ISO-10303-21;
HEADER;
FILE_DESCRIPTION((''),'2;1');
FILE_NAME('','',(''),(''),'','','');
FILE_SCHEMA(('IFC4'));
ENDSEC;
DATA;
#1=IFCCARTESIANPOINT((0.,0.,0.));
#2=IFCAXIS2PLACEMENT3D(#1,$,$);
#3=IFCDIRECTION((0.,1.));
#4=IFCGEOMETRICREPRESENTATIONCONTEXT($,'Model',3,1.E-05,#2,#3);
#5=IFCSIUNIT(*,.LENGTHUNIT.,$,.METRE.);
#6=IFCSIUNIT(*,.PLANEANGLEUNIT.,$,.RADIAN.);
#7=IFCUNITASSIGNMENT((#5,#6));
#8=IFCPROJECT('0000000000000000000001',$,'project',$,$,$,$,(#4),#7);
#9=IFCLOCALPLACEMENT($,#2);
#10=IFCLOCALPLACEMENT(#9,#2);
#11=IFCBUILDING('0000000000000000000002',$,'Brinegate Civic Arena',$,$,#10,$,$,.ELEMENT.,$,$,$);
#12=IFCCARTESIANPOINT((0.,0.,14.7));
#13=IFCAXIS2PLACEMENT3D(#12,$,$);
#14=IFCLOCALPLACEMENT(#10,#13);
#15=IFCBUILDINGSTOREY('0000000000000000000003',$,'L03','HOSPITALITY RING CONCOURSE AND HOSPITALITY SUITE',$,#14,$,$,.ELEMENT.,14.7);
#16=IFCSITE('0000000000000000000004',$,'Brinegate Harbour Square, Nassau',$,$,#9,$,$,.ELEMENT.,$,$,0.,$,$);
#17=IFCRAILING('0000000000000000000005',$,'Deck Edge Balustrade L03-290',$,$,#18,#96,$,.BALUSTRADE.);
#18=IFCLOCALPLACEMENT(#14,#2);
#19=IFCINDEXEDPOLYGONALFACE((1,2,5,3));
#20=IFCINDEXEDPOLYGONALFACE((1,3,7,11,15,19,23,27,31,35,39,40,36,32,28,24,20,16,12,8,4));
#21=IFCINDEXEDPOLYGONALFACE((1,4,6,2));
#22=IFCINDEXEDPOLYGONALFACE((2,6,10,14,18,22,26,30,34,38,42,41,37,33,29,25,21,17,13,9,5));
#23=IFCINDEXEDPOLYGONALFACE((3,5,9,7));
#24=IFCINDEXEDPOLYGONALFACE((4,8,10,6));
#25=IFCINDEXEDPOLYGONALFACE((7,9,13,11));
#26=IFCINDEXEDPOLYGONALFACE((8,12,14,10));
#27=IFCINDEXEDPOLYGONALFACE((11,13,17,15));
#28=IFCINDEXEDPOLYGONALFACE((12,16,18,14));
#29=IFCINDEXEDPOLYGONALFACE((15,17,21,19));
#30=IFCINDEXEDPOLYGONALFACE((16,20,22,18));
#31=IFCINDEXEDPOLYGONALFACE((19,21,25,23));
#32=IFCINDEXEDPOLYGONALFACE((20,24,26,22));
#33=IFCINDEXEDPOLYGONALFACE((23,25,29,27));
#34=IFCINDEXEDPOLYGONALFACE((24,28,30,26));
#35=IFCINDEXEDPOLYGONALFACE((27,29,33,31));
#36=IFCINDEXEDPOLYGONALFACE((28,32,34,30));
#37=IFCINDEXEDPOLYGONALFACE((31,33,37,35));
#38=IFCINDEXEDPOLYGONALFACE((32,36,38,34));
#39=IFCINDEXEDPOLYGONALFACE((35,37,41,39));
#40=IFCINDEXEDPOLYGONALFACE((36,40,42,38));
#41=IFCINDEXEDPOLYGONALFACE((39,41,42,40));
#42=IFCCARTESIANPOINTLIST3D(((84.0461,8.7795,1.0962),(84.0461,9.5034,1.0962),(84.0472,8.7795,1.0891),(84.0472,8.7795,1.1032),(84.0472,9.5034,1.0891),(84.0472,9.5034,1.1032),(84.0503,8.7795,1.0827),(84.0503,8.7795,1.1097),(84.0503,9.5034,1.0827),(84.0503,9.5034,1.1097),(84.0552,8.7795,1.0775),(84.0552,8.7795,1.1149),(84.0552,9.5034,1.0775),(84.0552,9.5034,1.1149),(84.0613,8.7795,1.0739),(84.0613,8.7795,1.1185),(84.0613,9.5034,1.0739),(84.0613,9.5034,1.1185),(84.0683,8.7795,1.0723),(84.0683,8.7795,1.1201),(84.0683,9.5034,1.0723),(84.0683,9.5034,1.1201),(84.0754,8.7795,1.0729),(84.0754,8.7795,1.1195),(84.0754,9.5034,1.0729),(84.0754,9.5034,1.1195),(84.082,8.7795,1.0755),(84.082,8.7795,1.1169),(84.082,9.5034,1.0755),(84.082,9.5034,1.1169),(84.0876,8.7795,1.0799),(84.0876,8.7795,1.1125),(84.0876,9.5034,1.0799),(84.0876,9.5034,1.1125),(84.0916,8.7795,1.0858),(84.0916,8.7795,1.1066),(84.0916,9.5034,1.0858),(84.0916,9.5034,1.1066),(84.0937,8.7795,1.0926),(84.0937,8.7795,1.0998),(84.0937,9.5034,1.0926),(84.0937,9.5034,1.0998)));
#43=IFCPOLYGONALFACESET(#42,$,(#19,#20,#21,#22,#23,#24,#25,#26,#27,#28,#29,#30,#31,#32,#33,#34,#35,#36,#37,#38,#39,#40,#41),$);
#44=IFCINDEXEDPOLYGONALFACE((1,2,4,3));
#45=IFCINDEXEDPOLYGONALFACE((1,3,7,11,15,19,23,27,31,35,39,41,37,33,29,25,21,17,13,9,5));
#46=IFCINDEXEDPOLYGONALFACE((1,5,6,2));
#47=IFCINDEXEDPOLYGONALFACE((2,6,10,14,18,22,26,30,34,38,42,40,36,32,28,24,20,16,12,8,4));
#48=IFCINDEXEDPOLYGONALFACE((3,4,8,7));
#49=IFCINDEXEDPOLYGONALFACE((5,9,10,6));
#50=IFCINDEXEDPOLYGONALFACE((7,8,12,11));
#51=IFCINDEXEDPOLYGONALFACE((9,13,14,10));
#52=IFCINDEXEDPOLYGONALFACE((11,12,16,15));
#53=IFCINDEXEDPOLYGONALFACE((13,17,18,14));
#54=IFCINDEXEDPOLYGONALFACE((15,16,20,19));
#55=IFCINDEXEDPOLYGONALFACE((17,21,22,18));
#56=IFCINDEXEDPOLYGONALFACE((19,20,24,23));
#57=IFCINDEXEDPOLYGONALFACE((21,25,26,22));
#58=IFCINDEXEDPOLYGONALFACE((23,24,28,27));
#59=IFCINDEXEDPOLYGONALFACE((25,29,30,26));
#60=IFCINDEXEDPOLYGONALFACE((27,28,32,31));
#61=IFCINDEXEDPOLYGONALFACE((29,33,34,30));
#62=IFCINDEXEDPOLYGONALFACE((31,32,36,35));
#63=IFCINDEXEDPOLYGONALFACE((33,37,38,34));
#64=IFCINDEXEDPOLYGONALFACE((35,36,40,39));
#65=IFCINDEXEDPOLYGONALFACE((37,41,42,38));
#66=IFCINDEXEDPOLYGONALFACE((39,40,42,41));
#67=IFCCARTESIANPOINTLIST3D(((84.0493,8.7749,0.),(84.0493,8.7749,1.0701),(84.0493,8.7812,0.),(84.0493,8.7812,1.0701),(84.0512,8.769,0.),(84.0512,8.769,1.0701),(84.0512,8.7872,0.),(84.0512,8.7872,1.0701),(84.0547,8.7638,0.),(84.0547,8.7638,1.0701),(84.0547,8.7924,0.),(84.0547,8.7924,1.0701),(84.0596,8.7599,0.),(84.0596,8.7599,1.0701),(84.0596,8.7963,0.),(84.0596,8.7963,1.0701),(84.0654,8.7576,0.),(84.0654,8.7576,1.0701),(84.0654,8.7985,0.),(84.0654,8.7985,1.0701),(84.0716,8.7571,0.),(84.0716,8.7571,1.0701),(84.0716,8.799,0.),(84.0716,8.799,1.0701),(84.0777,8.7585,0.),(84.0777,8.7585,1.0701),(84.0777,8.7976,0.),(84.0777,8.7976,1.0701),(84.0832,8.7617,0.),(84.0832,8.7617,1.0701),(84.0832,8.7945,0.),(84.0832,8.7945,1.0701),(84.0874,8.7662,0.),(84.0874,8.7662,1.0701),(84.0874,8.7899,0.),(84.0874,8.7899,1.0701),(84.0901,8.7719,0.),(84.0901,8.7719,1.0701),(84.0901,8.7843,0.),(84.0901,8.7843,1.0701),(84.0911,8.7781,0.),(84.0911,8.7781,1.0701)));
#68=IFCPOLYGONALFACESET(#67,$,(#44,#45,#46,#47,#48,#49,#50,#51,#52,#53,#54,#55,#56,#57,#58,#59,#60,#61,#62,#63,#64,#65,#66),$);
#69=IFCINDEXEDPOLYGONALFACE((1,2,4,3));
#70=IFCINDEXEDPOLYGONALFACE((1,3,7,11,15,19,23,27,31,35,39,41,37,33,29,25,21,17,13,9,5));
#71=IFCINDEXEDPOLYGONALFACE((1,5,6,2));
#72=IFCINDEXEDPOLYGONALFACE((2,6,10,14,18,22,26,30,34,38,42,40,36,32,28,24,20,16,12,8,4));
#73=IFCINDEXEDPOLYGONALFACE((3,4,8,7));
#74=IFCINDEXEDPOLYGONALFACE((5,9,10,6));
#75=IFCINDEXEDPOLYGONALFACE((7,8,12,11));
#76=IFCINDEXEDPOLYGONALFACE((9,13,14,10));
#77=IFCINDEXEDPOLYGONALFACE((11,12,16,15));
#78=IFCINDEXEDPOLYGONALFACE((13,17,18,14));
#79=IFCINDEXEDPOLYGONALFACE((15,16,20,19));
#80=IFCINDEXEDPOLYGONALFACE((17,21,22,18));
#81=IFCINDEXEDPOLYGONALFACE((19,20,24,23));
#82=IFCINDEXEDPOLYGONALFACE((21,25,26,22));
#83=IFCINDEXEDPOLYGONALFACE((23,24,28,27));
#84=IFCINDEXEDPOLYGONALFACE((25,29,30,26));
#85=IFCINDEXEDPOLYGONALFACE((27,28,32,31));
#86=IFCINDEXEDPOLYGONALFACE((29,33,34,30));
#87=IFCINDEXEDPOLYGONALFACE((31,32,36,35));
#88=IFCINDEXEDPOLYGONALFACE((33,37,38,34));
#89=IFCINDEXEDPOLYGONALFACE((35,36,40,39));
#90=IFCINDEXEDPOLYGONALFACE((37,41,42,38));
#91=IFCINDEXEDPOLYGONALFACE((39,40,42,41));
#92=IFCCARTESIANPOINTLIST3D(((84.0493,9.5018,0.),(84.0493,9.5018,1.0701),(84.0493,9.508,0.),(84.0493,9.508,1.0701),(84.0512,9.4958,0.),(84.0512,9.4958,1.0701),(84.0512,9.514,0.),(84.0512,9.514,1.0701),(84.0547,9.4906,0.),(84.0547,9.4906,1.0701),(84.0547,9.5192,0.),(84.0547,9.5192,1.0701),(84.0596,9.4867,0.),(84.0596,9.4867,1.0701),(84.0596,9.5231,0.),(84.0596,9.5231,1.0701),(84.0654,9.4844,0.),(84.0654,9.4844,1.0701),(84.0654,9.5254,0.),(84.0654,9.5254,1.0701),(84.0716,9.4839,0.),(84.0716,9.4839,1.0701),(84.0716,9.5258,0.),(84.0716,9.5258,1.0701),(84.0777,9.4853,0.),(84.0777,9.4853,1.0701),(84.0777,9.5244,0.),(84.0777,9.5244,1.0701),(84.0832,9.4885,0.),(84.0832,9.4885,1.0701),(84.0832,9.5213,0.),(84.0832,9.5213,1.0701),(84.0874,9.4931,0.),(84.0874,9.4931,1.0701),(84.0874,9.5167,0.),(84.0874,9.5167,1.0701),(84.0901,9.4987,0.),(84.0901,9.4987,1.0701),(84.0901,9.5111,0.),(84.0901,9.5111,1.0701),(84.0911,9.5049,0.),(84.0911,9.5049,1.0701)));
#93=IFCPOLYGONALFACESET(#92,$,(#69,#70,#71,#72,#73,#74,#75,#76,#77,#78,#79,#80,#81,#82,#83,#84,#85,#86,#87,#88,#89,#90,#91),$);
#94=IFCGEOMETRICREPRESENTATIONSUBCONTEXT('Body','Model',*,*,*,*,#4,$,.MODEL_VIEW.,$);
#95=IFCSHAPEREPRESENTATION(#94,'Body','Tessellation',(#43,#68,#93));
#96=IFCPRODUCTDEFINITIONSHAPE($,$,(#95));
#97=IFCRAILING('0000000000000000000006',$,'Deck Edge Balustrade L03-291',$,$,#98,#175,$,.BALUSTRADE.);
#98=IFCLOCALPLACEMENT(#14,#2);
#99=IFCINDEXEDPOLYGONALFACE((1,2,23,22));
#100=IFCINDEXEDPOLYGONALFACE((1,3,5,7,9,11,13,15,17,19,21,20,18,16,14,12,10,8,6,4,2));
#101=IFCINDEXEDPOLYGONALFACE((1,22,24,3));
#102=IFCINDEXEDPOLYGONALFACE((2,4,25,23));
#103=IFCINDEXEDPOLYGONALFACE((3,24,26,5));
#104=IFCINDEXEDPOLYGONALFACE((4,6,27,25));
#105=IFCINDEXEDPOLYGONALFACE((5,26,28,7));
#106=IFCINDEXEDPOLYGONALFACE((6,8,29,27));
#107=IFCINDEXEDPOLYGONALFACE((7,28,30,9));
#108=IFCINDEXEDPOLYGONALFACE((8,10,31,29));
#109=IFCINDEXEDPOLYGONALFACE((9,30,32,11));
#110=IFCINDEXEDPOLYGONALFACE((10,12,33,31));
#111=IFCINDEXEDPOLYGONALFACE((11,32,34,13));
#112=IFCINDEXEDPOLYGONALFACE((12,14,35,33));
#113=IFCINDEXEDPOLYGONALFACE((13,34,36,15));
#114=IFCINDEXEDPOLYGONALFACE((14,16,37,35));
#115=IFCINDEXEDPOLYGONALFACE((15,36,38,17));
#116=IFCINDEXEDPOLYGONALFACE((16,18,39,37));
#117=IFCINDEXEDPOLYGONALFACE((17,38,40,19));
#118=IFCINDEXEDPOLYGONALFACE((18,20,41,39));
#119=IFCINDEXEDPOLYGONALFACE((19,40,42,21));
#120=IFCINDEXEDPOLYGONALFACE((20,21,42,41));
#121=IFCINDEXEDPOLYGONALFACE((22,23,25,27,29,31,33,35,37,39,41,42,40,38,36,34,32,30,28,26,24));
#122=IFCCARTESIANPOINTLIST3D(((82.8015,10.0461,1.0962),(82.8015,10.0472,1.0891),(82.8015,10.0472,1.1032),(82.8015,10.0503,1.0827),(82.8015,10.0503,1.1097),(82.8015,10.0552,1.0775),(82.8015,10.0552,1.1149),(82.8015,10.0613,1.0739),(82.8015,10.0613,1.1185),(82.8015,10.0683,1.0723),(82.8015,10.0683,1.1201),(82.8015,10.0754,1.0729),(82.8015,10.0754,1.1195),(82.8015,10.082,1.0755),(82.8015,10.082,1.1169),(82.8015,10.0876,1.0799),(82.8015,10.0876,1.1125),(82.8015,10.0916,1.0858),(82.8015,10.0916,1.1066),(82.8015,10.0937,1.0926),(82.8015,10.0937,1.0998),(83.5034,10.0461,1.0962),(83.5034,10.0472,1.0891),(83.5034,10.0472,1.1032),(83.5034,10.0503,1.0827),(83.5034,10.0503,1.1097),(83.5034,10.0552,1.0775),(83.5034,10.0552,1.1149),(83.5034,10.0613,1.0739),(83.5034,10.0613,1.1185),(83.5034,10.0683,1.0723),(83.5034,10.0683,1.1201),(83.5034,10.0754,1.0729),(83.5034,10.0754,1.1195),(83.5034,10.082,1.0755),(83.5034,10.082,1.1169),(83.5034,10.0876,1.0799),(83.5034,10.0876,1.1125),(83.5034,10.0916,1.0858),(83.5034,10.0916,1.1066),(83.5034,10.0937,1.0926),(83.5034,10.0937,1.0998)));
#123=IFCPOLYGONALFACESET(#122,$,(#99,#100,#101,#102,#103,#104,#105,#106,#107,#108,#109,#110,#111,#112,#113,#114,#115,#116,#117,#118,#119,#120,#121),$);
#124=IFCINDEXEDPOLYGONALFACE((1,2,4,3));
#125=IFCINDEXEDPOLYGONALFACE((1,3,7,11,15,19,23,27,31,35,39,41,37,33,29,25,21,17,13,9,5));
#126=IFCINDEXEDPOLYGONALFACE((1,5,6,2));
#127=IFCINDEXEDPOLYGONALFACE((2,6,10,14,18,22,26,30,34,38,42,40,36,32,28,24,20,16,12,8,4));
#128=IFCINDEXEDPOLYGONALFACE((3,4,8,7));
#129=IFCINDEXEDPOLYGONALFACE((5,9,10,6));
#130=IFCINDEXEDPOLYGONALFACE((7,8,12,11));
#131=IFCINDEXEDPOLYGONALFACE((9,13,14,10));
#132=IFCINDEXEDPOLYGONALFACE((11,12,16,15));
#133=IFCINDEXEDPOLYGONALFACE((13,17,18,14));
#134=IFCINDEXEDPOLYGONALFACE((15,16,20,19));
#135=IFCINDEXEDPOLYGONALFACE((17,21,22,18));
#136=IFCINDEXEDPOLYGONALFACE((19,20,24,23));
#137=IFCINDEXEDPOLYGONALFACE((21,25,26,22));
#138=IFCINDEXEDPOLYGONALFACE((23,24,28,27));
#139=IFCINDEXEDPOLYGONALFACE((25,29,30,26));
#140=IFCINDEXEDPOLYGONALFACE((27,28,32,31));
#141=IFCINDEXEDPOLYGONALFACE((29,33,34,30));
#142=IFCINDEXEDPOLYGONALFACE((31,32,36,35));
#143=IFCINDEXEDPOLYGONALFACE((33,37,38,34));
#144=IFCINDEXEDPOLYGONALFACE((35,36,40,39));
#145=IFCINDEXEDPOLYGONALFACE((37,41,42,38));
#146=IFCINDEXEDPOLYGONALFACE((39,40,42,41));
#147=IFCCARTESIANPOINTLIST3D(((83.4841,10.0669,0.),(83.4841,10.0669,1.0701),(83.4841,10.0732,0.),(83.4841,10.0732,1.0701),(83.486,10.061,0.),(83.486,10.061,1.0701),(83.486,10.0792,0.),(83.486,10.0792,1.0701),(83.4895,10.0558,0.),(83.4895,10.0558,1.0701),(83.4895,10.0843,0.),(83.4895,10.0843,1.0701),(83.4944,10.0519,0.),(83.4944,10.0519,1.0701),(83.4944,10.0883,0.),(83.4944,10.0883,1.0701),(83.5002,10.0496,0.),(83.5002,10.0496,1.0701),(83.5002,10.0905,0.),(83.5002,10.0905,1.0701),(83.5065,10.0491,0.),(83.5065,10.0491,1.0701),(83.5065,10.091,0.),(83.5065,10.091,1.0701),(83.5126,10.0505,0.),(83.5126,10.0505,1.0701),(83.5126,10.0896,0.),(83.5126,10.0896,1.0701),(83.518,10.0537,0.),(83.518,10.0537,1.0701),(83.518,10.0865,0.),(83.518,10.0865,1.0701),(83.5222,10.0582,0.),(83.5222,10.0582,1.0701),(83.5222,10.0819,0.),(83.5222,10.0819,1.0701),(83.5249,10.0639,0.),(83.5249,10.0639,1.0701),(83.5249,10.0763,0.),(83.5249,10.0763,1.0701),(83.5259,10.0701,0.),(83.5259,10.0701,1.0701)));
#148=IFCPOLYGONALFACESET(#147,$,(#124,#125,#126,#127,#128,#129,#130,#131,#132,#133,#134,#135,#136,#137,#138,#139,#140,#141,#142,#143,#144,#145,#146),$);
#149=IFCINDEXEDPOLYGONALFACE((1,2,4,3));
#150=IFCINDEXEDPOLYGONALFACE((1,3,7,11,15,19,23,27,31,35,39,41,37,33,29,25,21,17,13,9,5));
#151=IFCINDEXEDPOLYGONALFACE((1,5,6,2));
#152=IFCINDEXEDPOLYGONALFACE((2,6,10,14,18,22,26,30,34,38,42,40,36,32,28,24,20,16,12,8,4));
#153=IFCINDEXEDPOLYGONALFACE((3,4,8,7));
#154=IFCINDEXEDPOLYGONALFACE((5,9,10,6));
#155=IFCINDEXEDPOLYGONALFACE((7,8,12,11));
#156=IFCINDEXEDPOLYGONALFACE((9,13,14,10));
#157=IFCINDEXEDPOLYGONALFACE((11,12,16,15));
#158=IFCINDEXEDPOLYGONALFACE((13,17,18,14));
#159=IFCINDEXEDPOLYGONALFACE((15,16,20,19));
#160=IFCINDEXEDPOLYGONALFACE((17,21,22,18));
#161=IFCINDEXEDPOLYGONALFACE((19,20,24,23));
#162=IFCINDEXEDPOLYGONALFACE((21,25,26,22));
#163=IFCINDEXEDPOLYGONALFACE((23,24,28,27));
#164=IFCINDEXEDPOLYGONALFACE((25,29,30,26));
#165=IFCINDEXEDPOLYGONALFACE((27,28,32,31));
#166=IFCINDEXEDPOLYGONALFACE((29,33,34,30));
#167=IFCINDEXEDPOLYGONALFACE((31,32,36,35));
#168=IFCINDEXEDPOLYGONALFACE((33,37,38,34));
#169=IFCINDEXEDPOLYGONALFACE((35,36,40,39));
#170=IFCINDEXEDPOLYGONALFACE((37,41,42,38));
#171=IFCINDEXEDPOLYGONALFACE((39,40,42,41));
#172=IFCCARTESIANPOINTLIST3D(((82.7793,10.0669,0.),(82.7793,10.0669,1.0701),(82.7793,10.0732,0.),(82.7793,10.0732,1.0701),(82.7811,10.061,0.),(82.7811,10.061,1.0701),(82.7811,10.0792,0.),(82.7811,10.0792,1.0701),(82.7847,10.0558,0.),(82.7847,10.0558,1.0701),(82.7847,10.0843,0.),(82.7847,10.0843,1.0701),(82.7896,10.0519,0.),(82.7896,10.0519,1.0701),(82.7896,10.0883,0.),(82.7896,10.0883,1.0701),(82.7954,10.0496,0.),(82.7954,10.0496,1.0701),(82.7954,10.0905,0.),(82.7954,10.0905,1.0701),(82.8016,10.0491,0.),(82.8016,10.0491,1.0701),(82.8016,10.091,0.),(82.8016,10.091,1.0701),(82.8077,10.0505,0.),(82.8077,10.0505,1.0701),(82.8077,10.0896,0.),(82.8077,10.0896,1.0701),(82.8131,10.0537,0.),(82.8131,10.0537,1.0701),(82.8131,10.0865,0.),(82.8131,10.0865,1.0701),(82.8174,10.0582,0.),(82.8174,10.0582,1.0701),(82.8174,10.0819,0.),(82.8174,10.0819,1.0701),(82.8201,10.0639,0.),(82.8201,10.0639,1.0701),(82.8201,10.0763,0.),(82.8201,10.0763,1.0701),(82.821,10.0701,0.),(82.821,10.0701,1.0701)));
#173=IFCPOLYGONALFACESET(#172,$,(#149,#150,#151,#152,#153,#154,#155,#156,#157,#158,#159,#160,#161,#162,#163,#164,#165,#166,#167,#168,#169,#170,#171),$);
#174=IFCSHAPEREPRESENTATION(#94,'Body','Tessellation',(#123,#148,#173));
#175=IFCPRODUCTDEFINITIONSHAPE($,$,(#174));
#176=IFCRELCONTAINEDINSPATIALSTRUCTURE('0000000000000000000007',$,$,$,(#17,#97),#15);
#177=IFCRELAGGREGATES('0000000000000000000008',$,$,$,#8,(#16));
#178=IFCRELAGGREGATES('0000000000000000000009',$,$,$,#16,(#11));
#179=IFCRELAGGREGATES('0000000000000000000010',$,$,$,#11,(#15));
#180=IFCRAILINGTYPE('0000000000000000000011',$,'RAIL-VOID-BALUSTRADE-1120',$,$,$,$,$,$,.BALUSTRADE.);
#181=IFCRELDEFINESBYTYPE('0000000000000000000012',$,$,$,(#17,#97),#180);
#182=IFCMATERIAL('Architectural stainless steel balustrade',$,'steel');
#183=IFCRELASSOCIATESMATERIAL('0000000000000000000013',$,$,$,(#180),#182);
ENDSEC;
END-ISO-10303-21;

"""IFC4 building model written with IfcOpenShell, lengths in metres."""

from ifc_helpers import new_model, si_unit, direction, frame, origin, origin_2d, place, context, subcontext, project, spatial, circle, extrude, material, type_object, element, save


model = new_model("IFC4")

# Units and contexts
model_context = context("Model", 3, precision=1e-05, world=origin(), true_north=direction((0.0, 1.0)))
body_context = subcontext(model_context, "Body", "Model", "MODEL_VIEW")
ifc_project = project(units=[si_unit("LENGTHUNIT", "METRE"), si_unit("PLANEANGLEUNIT", "RADIAN")], contexts=[model_context])

# Site, building, storey
site_placement = place(None, origin())
site = spatial("IfcSite", under=ifc_project, at=site_placement, Name="Brinegate Harbour Square, Nassau", CompositionType="ELEMENT", RefElevation=0.0)
building_placement = place(site_placement, origin())
building = spatial("IfcBuilding", under=site, at=building_placement, Name="Brinegate Civic Arena", CompositionType="ELEMENT")
storey_placement = place(building_placement, frame((0.0, 0.0, 14.7)))
storey = spatial("IfcBuildingStorey", under=building, at=storey_placement, Name="L03", Description="HOSPITALITY RING CONCOURSE AND HOSPITALITY SUITE", CompositionType="ELEMENT", Elevation=14.7)

# Railings
ifc_material_1 = material(Name="Architectural stainless steel balustrade", Category="steel")
railing_type_1 = type_object("IfcRailingType", Name="RAIL-VOID-BALUSTRADE-1120", PredefinedType="BALUSTRADE", material=ifc_material_1)
railing_1_placement = place(storey_placement, frame((84.0701, 8.7781, 0.0)))
element("IfcRailing", 1, at=railing_1_placement, inside=storey, type_object=railing_type_1, Name="Deck Edge Balustrade L03-290", PredefinedType="BALUSTRADE", context=body_context, shape_type="SweptSolid", body=[
    extrude(circle(Radius=0.0239, at=origin_2d()), frame((0.0, 0.0015, 1.0962), z_axis=(0.0, 1.0, 0.0), x_axis=(-1.0, 0.0, 0.0)), (0.0, 0.0, 1.0), 0.7239),
    extrude(circle(Radius=0.021, at=origin_2d()), origin(), (0.0, 0.0, 1.0), 1.0701),
    extrude(circle(Radius=0.021, at=origin_2d()), frame((0.0, 0.7268, 0.0)), (0.0, 0.0, 1.0), 1.0701),
])
railing_2_placement = place(storey_placement, frame((83.5049, 10.0701, 0.0)))
element("IfcRailing", 2, at=railing_2_placement, inside=storey, type_object=railing_type_1, Name="Deck Edge Balustrade L03-291", PredefinedType="BALUSTRADE", context=body_context, shape_type="SweptSolid", body=[
    extrude(circle(Radius=0.0239, at=origin_2d()), frame((-0.0015, 0.0, 1.0962), z_axis=(-1.0, 0.0, 0.0), x_axis=(0.0, -1.0, 0.0)), (0.0, 0.0, 1.0), 0.7019),
    extrude(circle(Radius=0.021, at=origin_2d()), origin(), (0.0, 0.0, 1.0), 1.0701),
    extrude(circle(Radius=0.021, at=origin_2d()), frame((-0.7048, 0.0, 0.0)), (0.0, 0.0, 1.0), 1.0701),
])

save(model, "model.ifc")
